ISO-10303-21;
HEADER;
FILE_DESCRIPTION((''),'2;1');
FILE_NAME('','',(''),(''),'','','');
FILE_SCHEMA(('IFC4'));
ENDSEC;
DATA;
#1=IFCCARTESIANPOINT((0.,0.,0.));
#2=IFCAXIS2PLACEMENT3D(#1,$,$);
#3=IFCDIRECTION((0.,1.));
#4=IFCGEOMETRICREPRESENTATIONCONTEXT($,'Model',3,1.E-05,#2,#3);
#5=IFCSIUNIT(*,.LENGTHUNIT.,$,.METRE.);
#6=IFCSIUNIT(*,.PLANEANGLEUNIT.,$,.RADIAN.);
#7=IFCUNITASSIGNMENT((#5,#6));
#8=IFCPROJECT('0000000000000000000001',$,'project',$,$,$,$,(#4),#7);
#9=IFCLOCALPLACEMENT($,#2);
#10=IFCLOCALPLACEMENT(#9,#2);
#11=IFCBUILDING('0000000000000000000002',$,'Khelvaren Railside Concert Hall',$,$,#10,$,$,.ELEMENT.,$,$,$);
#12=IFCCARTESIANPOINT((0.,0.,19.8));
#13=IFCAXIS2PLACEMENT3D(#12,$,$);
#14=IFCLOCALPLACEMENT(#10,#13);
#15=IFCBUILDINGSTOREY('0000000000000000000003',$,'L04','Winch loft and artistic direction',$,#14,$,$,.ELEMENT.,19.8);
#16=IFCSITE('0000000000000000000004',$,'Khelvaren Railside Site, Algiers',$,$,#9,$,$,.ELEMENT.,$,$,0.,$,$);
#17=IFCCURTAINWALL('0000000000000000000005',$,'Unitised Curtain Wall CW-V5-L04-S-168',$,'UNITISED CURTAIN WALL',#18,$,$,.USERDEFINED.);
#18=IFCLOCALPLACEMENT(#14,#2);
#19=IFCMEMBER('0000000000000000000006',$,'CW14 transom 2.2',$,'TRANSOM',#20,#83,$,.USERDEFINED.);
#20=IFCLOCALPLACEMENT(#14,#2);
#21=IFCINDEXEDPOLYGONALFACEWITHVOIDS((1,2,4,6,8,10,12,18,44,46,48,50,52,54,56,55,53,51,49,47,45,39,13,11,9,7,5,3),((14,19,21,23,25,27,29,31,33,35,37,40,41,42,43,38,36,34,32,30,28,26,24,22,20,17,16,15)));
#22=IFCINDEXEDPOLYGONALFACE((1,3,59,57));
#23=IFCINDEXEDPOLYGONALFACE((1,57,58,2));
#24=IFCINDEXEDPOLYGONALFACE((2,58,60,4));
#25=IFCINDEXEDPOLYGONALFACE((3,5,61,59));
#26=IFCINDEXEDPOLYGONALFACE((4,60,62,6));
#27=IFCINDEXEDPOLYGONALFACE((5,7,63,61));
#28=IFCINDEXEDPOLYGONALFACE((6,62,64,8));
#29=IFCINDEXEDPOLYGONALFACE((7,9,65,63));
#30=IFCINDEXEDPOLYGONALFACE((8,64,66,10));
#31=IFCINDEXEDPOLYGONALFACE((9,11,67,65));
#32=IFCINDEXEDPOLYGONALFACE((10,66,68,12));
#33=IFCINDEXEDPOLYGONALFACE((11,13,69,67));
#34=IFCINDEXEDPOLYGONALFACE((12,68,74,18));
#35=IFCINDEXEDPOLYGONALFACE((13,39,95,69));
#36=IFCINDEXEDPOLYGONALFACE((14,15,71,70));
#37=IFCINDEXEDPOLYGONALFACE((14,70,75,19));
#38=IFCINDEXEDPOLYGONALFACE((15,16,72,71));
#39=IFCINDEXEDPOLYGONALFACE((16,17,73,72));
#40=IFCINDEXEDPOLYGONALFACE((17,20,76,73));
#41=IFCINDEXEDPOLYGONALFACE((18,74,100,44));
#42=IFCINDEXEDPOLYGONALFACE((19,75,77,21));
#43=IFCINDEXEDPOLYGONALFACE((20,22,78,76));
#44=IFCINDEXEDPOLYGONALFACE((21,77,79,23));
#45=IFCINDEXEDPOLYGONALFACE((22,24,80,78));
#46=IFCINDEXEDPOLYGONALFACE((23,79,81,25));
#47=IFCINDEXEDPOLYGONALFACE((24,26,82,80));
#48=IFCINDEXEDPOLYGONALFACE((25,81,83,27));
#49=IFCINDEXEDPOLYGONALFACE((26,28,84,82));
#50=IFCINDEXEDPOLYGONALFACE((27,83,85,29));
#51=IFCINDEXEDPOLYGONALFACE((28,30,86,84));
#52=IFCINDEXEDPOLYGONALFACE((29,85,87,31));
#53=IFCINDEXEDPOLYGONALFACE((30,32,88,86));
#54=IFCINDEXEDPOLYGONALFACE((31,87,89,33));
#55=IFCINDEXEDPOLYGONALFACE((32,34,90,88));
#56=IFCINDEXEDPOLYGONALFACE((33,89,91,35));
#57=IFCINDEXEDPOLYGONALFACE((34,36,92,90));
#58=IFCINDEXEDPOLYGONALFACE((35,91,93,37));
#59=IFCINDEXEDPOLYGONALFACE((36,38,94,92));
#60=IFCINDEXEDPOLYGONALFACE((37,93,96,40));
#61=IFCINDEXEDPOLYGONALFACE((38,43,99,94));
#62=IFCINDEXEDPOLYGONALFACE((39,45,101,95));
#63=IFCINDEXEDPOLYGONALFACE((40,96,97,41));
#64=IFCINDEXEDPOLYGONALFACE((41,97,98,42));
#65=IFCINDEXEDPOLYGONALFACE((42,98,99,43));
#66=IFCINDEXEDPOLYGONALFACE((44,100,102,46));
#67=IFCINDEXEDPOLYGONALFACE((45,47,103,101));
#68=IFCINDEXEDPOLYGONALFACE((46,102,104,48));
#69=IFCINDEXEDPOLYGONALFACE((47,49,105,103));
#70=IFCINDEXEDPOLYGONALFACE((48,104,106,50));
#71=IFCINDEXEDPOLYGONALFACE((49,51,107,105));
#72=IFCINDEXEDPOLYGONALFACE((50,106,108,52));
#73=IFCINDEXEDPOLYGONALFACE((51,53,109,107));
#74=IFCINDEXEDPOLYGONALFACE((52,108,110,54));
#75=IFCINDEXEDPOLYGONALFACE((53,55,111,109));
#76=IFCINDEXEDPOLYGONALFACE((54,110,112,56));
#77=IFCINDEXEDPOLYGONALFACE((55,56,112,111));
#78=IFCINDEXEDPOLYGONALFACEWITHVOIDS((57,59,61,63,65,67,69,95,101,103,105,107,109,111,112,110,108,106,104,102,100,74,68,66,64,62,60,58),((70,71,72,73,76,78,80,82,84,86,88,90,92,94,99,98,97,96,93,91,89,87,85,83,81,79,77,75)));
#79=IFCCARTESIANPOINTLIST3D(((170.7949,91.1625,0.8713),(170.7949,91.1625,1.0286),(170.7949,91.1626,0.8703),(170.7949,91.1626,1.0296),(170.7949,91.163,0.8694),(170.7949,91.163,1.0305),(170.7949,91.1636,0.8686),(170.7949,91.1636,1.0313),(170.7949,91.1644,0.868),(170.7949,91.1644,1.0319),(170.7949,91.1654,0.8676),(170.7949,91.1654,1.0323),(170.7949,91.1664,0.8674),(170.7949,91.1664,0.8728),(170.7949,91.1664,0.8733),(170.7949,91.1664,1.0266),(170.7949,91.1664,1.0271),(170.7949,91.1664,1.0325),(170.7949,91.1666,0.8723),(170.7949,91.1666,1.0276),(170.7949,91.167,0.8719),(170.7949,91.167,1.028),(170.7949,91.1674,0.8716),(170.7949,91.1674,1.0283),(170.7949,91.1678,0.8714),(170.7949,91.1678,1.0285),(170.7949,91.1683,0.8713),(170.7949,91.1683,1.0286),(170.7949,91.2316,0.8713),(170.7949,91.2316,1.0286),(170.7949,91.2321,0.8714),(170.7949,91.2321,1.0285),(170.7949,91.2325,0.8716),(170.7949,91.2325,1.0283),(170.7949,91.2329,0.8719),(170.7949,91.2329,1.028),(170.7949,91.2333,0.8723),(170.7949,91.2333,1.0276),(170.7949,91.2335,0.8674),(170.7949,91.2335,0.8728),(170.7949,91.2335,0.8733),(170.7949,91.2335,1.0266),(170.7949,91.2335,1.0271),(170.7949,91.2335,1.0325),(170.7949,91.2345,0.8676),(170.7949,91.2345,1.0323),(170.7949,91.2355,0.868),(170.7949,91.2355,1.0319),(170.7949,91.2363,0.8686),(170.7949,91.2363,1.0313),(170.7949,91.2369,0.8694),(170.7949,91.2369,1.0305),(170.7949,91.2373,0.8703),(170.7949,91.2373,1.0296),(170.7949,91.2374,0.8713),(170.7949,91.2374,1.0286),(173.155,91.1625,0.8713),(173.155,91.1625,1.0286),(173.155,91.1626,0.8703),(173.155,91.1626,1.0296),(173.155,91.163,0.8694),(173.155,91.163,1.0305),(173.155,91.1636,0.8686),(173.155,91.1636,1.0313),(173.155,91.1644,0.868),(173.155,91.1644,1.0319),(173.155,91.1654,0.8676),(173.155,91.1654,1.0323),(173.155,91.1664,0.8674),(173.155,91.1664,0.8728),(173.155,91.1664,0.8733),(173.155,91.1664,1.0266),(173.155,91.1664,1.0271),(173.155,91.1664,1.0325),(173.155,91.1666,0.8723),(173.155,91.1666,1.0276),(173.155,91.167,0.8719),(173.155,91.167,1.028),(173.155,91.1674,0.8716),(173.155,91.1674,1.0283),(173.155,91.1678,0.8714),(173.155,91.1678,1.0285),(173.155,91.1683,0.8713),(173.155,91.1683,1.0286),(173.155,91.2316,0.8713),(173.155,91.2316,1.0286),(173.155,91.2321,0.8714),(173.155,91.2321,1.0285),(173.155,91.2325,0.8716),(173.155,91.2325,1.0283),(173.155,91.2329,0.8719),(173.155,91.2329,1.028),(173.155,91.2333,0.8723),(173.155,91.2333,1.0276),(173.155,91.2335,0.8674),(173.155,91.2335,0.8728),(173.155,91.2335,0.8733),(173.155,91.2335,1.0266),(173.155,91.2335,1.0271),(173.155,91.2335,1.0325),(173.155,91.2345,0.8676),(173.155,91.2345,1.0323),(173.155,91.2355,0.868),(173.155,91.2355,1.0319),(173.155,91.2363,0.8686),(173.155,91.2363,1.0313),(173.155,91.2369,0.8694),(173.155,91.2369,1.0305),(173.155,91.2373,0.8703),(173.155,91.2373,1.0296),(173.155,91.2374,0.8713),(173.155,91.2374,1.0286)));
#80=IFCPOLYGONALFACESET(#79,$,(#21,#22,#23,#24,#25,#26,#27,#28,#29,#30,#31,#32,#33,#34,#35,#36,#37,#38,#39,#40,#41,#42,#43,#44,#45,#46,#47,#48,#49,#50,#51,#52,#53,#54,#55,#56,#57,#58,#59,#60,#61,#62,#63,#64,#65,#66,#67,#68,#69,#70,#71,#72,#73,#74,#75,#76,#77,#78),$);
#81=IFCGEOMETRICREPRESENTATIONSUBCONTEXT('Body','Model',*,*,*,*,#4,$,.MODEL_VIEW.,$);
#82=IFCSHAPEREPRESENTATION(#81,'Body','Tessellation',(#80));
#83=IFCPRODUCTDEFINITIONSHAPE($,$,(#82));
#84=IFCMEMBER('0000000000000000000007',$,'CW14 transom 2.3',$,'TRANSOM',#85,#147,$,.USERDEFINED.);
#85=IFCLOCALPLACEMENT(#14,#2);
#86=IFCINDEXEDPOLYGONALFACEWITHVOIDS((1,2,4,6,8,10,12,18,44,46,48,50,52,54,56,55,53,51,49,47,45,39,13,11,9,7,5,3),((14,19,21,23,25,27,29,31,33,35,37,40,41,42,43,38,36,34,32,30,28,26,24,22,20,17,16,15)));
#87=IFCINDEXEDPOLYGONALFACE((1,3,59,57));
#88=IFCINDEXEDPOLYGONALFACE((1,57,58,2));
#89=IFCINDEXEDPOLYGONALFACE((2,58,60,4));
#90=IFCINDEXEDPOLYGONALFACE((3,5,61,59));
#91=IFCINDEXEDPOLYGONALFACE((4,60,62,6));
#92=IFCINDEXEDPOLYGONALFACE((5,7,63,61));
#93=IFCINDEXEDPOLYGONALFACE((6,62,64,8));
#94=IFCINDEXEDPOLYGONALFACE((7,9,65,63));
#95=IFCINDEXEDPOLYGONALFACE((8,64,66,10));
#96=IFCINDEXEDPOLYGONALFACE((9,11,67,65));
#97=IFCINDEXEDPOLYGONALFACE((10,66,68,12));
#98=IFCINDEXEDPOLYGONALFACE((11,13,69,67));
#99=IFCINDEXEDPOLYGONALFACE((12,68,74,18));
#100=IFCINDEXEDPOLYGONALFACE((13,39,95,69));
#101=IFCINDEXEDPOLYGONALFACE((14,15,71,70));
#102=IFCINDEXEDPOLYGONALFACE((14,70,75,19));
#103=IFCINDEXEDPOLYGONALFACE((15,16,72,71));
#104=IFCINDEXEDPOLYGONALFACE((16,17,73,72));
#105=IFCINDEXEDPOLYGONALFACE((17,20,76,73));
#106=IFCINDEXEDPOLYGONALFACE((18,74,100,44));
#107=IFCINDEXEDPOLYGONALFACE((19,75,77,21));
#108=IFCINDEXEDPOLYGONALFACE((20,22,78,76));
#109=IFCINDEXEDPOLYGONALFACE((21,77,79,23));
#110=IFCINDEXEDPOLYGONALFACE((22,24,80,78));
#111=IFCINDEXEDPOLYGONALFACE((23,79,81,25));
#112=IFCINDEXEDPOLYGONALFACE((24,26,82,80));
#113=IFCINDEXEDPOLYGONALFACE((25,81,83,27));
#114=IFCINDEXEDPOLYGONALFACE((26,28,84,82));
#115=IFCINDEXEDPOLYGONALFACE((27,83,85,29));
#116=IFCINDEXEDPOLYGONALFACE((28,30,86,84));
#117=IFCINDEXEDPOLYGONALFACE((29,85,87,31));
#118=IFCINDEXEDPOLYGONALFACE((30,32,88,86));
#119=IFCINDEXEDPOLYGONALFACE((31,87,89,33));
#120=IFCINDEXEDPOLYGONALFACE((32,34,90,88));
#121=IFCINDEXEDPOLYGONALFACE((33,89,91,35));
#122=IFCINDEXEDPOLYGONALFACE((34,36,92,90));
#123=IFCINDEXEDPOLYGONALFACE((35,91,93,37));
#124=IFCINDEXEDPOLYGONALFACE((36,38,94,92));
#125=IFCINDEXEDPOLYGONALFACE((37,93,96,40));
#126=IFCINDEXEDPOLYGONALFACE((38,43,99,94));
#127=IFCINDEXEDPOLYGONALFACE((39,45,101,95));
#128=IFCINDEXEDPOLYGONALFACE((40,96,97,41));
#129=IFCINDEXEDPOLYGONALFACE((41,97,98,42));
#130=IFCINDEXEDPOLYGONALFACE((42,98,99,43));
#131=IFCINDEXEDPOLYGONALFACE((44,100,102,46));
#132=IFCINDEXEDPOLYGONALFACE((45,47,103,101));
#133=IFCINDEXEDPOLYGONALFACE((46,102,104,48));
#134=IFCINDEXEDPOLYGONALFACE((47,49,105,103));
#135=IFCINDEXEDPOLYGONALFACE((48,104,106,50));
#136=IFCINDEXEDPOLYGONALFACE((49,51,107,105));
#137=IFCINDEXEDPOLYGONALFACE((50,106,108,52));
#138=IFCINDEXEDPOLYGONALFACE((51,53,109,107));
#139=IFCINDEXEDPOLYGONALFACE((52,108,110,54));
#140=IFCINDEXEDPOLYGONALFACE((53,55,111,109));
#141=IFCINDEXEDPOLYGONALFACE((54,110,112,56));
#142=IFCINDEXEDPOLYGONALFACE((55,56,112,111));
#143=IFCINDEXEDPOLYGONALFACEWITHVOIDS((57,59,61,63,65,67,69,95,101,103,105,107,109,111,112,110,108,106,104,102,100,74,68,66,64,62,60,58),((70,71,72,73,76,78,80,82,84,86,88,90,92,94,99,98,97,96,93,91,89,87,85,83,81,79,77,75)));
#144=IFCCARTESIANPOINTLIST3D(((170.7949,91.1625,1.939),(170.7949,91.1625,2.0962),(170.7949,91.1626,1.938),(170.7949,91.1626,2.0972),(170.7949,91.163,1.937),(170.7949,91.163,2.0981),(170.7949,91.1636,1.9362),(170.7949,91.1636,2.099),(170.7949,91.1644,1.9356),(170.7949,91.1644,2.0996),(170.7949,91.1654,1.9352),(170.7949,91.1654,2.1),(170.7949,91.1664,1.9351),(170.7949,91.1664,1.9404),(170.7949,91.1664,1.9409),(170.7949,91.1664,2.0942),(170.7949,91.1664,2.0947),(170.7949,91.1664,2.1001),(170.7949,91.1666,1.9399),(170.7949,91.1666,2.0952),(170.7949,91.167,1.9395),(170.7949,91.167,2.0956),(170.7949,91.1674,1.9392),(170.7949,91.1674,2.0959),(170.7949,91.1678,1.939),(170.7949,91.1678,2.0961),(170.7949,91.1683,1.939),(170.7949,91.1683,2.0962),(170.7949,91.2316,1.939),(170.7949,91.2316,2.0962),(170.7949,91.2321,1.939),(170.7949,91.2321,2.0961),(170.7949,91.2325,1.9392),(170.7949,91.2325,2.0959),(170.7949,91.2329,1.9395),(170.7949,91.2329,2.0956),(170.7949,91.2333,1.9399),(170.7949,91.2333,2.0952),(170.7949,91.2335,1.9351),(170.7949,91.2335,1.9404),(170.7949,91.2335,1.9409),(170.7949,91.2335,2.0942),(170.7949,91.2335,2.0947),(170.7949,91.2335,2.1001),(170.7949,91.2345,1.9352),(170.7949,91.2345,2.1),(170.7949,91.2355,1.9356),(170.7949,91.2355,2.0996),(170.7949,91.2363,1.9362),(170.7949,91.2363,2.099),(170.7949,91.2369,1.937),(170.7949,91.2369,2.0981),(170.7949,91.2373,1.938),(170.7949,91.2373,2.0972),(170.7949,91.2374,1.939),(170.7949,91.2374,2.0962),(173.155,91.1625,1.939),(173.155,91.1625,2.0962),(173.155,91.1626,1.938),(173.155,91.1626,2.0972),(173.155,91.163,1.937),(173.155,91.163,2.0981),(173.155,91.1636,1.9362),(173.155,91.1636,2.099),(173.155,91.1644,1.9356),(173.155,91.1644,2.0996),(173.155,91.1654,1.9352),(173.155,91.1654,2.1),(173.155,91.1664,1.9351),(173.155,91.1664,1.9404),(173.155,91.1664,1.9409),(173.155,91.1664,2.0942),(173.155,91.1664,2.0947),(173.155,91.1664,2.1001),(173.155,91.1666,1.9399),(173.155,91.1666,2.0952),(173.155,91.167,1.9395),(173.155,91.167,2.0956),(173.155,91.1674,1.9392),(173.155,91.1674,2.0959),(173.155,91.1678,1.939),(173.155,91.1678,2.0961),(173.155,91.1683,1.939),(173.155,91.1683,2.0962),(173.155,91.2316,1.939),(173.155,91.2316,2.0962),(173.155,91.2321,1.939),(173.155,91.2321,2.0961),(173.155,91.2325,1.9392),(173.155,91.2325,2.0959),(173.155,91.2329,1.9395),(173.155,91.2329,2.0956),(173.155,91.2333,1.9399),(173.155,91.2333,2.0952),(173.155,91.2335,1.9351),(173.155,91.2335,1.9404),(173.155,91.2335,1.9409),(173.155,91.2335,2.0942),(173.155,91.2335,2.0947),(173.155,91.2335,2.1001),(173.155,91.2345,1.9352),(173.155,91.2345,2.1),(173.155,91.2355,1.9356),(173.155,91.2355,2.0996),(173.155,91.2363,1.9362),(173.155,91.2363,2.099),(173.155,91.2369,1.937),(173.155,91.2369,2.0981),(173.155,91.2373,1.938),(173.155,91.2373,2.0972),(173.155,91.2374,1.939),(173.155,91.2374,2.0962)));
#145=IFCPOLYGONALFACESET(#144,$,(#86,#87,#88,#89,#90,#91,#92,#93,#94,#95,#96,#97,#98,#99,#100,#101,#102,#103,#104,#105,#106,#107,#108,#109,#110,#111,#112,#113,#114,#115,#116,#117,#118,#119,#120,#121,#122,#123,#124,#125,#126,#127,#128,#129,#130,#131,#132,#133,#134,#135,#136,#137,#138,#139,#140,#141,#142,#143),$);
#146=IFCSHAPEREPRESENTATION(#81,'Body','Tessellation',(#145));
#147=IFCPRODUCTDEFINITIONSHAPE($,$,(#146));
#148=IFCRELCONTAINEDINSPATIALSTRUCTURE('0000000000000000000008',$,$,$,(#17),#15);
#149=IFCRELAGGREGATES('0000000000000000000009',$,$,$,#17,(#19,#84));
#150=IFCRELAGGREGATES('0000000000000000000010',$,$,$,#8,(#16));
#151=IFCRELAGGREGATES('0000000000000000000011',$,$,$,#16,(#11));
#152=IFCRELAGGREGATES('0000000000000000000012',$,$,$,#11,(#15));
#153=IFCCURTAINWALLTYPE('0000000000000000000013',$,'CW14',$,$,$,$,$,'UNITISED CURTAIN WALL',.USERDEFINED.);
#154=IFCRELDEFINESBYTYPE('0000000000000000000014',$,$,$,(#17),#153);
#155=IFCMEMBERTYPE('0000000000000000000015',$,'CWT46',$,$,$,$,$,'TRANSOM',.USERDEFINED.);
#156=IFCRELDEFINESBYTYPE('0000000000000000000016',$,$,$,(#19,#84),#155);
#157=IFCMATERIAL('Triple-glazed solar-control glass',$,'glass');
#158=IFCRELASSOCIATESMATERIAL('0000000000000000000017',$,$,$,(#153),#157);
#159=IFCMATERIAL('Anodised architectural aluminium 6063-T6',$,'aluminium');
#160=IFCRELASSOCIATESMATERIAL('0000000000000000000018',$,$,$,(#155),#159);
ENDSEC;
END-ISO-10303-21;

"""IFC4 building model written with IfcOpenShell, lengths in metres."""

from ifc_helpers import new_model, si_unit, direction, frame, origin, origin_2d, place, context, subcontext, project, spatial, hollow_rectangle, extrude, material, material_profile, profile_set, type_object, element, aggregate, save


model = new_model("IFC4")

# Units and contexts
model_context = context("Model", 3, precision=1e-05, world=origin(), true_north=direction((0.0, 1.0)))
body_context = subcontext(model_context, "Body", "Model", "MODEL_VIEW")
ifc_project = project(units=[si_unit("LENGTHUNIT", "METRE"), si_unit("PLANEANGLEUNIT", "RADIAN")], contexts=[model_context])

# Site, building, storey
site_placement = place(None, origin())
site = spatial("IfcSite", under=ifc_project, at=site_placement, Name="Khelvaren Railside Site, Algiers", CompositionType="ELEMENT", RefElevation=0.0)
building_placement = place(site_placement, origin())
building = spatial("IfcBuilding", under=site, at=building_placement, Name="Khelvaren Railside Concert Hall", CompositionType="ELEMENT")
storey_placement = place(building_placement, frame((0.0, 0.0, 19.8)))
storey = spatial("IfcBuildingStorey", under=building, at=storey_placement, Name="L04", Description="Winch loft and artistic direction", CompositionType="ELEMENT", Elevation=19.8)

# Curtain wall
ifc_material_1 = material(Name="Triple-glazed solar-control glass", Category="glass")
curtain_wall_type_1 = type_object("IfcCurtainWallType", Name="CW14", ElementType="UNITISED CURTAIN WALL", PredefinedType="USERDEFINED", material=ifc_material_1)
curtain_wall_1_placement = place(storey_placement, origin())
curtain_wall_1 = element("IfcCurtainWall", 1, at=curtain_wall_1_placement, inside=storey, type_object=curtain_wall_type_1, Name="Unitised Curtain Wall CW-V5-L04-S-168", ObjectType="UNITISED CURTAIN WALL", PredefinedType="USERDEFINED")
ifc_material_2 = material(Name="Anodised architectural aluminium 6063-T6", Category="aluminium")

# Members
ifc_material_profile_1 = material_profile(ifc_material_2, hollow_rectangle(XDim=0.075, YDim=0.165, WallThickness=0.0039, InnerFilletRadius=0.002, OuterFilletRadius=0.0039, at=origin_2d()), Name="CWT 75x165x4")
ifc_profile_set_1 = profile_set([ifc_material_profile_1], Name="Anodised architectural aluminium 6063-T6")
member_type_1 = type_object("IfcMemberType", Name="CWT46", ElementType="TRANSOM", PredefinedType="USERDEFINED", material=ifc_profile_set_1)
member_1_placement = place(storey_placement, frame((173.155, 91.2, 0.95), z_axis=(-1.0, 0.0, 0.0), x_axis=(0.0, -1.0, 0.0)))
member_1 = element("IfcMember", 2, at=member_1_placement, type_object=member_type_1, Name="CW14 transom 2.2", ObjectType="TRANSOM", PredefinedType="USERDEFINED", context=body_context, shape_type="SweptSolid", body=[
    extrude(hollow_rectangle(XDim=0.075, YDim=0.165, WallThickness=0.0039, InnerFilletRadius=0.002, OuterFilletRadius=0.0039, at=origin_2d()), origin(), (0.0, 0.0, 1.0), 2.3601),
])
member_2_placement = place(storey_placement, frame((173.155, 91.2, 2.0176), z_axis=(-1.0, 0.0, 0.0), x_axis=(0.0, -1.0, 0.0)))
member_2 = element("IfcMember", 3, at=member_2_placement, type_object=member_type_1, Name="CW14 transom 2.3", ObjectType="TRANSOM", PredefinedType="USERDEFINED", context=body_context, shape_type="SweptSolid", body=[
    extrude(hollow_rectangle(XDim=0.075, YDim=0.165, WallThickness=0.0039, InnerFilletRadius=0.002, OuterFilletRadius=0.0039, at=origin_2d()), origin(), (0.0, 0.0, 1.0), 2.3601),
])

aggregate(curtain_wall_1, [member_1, member_2])

save(model, "model.ifc")
